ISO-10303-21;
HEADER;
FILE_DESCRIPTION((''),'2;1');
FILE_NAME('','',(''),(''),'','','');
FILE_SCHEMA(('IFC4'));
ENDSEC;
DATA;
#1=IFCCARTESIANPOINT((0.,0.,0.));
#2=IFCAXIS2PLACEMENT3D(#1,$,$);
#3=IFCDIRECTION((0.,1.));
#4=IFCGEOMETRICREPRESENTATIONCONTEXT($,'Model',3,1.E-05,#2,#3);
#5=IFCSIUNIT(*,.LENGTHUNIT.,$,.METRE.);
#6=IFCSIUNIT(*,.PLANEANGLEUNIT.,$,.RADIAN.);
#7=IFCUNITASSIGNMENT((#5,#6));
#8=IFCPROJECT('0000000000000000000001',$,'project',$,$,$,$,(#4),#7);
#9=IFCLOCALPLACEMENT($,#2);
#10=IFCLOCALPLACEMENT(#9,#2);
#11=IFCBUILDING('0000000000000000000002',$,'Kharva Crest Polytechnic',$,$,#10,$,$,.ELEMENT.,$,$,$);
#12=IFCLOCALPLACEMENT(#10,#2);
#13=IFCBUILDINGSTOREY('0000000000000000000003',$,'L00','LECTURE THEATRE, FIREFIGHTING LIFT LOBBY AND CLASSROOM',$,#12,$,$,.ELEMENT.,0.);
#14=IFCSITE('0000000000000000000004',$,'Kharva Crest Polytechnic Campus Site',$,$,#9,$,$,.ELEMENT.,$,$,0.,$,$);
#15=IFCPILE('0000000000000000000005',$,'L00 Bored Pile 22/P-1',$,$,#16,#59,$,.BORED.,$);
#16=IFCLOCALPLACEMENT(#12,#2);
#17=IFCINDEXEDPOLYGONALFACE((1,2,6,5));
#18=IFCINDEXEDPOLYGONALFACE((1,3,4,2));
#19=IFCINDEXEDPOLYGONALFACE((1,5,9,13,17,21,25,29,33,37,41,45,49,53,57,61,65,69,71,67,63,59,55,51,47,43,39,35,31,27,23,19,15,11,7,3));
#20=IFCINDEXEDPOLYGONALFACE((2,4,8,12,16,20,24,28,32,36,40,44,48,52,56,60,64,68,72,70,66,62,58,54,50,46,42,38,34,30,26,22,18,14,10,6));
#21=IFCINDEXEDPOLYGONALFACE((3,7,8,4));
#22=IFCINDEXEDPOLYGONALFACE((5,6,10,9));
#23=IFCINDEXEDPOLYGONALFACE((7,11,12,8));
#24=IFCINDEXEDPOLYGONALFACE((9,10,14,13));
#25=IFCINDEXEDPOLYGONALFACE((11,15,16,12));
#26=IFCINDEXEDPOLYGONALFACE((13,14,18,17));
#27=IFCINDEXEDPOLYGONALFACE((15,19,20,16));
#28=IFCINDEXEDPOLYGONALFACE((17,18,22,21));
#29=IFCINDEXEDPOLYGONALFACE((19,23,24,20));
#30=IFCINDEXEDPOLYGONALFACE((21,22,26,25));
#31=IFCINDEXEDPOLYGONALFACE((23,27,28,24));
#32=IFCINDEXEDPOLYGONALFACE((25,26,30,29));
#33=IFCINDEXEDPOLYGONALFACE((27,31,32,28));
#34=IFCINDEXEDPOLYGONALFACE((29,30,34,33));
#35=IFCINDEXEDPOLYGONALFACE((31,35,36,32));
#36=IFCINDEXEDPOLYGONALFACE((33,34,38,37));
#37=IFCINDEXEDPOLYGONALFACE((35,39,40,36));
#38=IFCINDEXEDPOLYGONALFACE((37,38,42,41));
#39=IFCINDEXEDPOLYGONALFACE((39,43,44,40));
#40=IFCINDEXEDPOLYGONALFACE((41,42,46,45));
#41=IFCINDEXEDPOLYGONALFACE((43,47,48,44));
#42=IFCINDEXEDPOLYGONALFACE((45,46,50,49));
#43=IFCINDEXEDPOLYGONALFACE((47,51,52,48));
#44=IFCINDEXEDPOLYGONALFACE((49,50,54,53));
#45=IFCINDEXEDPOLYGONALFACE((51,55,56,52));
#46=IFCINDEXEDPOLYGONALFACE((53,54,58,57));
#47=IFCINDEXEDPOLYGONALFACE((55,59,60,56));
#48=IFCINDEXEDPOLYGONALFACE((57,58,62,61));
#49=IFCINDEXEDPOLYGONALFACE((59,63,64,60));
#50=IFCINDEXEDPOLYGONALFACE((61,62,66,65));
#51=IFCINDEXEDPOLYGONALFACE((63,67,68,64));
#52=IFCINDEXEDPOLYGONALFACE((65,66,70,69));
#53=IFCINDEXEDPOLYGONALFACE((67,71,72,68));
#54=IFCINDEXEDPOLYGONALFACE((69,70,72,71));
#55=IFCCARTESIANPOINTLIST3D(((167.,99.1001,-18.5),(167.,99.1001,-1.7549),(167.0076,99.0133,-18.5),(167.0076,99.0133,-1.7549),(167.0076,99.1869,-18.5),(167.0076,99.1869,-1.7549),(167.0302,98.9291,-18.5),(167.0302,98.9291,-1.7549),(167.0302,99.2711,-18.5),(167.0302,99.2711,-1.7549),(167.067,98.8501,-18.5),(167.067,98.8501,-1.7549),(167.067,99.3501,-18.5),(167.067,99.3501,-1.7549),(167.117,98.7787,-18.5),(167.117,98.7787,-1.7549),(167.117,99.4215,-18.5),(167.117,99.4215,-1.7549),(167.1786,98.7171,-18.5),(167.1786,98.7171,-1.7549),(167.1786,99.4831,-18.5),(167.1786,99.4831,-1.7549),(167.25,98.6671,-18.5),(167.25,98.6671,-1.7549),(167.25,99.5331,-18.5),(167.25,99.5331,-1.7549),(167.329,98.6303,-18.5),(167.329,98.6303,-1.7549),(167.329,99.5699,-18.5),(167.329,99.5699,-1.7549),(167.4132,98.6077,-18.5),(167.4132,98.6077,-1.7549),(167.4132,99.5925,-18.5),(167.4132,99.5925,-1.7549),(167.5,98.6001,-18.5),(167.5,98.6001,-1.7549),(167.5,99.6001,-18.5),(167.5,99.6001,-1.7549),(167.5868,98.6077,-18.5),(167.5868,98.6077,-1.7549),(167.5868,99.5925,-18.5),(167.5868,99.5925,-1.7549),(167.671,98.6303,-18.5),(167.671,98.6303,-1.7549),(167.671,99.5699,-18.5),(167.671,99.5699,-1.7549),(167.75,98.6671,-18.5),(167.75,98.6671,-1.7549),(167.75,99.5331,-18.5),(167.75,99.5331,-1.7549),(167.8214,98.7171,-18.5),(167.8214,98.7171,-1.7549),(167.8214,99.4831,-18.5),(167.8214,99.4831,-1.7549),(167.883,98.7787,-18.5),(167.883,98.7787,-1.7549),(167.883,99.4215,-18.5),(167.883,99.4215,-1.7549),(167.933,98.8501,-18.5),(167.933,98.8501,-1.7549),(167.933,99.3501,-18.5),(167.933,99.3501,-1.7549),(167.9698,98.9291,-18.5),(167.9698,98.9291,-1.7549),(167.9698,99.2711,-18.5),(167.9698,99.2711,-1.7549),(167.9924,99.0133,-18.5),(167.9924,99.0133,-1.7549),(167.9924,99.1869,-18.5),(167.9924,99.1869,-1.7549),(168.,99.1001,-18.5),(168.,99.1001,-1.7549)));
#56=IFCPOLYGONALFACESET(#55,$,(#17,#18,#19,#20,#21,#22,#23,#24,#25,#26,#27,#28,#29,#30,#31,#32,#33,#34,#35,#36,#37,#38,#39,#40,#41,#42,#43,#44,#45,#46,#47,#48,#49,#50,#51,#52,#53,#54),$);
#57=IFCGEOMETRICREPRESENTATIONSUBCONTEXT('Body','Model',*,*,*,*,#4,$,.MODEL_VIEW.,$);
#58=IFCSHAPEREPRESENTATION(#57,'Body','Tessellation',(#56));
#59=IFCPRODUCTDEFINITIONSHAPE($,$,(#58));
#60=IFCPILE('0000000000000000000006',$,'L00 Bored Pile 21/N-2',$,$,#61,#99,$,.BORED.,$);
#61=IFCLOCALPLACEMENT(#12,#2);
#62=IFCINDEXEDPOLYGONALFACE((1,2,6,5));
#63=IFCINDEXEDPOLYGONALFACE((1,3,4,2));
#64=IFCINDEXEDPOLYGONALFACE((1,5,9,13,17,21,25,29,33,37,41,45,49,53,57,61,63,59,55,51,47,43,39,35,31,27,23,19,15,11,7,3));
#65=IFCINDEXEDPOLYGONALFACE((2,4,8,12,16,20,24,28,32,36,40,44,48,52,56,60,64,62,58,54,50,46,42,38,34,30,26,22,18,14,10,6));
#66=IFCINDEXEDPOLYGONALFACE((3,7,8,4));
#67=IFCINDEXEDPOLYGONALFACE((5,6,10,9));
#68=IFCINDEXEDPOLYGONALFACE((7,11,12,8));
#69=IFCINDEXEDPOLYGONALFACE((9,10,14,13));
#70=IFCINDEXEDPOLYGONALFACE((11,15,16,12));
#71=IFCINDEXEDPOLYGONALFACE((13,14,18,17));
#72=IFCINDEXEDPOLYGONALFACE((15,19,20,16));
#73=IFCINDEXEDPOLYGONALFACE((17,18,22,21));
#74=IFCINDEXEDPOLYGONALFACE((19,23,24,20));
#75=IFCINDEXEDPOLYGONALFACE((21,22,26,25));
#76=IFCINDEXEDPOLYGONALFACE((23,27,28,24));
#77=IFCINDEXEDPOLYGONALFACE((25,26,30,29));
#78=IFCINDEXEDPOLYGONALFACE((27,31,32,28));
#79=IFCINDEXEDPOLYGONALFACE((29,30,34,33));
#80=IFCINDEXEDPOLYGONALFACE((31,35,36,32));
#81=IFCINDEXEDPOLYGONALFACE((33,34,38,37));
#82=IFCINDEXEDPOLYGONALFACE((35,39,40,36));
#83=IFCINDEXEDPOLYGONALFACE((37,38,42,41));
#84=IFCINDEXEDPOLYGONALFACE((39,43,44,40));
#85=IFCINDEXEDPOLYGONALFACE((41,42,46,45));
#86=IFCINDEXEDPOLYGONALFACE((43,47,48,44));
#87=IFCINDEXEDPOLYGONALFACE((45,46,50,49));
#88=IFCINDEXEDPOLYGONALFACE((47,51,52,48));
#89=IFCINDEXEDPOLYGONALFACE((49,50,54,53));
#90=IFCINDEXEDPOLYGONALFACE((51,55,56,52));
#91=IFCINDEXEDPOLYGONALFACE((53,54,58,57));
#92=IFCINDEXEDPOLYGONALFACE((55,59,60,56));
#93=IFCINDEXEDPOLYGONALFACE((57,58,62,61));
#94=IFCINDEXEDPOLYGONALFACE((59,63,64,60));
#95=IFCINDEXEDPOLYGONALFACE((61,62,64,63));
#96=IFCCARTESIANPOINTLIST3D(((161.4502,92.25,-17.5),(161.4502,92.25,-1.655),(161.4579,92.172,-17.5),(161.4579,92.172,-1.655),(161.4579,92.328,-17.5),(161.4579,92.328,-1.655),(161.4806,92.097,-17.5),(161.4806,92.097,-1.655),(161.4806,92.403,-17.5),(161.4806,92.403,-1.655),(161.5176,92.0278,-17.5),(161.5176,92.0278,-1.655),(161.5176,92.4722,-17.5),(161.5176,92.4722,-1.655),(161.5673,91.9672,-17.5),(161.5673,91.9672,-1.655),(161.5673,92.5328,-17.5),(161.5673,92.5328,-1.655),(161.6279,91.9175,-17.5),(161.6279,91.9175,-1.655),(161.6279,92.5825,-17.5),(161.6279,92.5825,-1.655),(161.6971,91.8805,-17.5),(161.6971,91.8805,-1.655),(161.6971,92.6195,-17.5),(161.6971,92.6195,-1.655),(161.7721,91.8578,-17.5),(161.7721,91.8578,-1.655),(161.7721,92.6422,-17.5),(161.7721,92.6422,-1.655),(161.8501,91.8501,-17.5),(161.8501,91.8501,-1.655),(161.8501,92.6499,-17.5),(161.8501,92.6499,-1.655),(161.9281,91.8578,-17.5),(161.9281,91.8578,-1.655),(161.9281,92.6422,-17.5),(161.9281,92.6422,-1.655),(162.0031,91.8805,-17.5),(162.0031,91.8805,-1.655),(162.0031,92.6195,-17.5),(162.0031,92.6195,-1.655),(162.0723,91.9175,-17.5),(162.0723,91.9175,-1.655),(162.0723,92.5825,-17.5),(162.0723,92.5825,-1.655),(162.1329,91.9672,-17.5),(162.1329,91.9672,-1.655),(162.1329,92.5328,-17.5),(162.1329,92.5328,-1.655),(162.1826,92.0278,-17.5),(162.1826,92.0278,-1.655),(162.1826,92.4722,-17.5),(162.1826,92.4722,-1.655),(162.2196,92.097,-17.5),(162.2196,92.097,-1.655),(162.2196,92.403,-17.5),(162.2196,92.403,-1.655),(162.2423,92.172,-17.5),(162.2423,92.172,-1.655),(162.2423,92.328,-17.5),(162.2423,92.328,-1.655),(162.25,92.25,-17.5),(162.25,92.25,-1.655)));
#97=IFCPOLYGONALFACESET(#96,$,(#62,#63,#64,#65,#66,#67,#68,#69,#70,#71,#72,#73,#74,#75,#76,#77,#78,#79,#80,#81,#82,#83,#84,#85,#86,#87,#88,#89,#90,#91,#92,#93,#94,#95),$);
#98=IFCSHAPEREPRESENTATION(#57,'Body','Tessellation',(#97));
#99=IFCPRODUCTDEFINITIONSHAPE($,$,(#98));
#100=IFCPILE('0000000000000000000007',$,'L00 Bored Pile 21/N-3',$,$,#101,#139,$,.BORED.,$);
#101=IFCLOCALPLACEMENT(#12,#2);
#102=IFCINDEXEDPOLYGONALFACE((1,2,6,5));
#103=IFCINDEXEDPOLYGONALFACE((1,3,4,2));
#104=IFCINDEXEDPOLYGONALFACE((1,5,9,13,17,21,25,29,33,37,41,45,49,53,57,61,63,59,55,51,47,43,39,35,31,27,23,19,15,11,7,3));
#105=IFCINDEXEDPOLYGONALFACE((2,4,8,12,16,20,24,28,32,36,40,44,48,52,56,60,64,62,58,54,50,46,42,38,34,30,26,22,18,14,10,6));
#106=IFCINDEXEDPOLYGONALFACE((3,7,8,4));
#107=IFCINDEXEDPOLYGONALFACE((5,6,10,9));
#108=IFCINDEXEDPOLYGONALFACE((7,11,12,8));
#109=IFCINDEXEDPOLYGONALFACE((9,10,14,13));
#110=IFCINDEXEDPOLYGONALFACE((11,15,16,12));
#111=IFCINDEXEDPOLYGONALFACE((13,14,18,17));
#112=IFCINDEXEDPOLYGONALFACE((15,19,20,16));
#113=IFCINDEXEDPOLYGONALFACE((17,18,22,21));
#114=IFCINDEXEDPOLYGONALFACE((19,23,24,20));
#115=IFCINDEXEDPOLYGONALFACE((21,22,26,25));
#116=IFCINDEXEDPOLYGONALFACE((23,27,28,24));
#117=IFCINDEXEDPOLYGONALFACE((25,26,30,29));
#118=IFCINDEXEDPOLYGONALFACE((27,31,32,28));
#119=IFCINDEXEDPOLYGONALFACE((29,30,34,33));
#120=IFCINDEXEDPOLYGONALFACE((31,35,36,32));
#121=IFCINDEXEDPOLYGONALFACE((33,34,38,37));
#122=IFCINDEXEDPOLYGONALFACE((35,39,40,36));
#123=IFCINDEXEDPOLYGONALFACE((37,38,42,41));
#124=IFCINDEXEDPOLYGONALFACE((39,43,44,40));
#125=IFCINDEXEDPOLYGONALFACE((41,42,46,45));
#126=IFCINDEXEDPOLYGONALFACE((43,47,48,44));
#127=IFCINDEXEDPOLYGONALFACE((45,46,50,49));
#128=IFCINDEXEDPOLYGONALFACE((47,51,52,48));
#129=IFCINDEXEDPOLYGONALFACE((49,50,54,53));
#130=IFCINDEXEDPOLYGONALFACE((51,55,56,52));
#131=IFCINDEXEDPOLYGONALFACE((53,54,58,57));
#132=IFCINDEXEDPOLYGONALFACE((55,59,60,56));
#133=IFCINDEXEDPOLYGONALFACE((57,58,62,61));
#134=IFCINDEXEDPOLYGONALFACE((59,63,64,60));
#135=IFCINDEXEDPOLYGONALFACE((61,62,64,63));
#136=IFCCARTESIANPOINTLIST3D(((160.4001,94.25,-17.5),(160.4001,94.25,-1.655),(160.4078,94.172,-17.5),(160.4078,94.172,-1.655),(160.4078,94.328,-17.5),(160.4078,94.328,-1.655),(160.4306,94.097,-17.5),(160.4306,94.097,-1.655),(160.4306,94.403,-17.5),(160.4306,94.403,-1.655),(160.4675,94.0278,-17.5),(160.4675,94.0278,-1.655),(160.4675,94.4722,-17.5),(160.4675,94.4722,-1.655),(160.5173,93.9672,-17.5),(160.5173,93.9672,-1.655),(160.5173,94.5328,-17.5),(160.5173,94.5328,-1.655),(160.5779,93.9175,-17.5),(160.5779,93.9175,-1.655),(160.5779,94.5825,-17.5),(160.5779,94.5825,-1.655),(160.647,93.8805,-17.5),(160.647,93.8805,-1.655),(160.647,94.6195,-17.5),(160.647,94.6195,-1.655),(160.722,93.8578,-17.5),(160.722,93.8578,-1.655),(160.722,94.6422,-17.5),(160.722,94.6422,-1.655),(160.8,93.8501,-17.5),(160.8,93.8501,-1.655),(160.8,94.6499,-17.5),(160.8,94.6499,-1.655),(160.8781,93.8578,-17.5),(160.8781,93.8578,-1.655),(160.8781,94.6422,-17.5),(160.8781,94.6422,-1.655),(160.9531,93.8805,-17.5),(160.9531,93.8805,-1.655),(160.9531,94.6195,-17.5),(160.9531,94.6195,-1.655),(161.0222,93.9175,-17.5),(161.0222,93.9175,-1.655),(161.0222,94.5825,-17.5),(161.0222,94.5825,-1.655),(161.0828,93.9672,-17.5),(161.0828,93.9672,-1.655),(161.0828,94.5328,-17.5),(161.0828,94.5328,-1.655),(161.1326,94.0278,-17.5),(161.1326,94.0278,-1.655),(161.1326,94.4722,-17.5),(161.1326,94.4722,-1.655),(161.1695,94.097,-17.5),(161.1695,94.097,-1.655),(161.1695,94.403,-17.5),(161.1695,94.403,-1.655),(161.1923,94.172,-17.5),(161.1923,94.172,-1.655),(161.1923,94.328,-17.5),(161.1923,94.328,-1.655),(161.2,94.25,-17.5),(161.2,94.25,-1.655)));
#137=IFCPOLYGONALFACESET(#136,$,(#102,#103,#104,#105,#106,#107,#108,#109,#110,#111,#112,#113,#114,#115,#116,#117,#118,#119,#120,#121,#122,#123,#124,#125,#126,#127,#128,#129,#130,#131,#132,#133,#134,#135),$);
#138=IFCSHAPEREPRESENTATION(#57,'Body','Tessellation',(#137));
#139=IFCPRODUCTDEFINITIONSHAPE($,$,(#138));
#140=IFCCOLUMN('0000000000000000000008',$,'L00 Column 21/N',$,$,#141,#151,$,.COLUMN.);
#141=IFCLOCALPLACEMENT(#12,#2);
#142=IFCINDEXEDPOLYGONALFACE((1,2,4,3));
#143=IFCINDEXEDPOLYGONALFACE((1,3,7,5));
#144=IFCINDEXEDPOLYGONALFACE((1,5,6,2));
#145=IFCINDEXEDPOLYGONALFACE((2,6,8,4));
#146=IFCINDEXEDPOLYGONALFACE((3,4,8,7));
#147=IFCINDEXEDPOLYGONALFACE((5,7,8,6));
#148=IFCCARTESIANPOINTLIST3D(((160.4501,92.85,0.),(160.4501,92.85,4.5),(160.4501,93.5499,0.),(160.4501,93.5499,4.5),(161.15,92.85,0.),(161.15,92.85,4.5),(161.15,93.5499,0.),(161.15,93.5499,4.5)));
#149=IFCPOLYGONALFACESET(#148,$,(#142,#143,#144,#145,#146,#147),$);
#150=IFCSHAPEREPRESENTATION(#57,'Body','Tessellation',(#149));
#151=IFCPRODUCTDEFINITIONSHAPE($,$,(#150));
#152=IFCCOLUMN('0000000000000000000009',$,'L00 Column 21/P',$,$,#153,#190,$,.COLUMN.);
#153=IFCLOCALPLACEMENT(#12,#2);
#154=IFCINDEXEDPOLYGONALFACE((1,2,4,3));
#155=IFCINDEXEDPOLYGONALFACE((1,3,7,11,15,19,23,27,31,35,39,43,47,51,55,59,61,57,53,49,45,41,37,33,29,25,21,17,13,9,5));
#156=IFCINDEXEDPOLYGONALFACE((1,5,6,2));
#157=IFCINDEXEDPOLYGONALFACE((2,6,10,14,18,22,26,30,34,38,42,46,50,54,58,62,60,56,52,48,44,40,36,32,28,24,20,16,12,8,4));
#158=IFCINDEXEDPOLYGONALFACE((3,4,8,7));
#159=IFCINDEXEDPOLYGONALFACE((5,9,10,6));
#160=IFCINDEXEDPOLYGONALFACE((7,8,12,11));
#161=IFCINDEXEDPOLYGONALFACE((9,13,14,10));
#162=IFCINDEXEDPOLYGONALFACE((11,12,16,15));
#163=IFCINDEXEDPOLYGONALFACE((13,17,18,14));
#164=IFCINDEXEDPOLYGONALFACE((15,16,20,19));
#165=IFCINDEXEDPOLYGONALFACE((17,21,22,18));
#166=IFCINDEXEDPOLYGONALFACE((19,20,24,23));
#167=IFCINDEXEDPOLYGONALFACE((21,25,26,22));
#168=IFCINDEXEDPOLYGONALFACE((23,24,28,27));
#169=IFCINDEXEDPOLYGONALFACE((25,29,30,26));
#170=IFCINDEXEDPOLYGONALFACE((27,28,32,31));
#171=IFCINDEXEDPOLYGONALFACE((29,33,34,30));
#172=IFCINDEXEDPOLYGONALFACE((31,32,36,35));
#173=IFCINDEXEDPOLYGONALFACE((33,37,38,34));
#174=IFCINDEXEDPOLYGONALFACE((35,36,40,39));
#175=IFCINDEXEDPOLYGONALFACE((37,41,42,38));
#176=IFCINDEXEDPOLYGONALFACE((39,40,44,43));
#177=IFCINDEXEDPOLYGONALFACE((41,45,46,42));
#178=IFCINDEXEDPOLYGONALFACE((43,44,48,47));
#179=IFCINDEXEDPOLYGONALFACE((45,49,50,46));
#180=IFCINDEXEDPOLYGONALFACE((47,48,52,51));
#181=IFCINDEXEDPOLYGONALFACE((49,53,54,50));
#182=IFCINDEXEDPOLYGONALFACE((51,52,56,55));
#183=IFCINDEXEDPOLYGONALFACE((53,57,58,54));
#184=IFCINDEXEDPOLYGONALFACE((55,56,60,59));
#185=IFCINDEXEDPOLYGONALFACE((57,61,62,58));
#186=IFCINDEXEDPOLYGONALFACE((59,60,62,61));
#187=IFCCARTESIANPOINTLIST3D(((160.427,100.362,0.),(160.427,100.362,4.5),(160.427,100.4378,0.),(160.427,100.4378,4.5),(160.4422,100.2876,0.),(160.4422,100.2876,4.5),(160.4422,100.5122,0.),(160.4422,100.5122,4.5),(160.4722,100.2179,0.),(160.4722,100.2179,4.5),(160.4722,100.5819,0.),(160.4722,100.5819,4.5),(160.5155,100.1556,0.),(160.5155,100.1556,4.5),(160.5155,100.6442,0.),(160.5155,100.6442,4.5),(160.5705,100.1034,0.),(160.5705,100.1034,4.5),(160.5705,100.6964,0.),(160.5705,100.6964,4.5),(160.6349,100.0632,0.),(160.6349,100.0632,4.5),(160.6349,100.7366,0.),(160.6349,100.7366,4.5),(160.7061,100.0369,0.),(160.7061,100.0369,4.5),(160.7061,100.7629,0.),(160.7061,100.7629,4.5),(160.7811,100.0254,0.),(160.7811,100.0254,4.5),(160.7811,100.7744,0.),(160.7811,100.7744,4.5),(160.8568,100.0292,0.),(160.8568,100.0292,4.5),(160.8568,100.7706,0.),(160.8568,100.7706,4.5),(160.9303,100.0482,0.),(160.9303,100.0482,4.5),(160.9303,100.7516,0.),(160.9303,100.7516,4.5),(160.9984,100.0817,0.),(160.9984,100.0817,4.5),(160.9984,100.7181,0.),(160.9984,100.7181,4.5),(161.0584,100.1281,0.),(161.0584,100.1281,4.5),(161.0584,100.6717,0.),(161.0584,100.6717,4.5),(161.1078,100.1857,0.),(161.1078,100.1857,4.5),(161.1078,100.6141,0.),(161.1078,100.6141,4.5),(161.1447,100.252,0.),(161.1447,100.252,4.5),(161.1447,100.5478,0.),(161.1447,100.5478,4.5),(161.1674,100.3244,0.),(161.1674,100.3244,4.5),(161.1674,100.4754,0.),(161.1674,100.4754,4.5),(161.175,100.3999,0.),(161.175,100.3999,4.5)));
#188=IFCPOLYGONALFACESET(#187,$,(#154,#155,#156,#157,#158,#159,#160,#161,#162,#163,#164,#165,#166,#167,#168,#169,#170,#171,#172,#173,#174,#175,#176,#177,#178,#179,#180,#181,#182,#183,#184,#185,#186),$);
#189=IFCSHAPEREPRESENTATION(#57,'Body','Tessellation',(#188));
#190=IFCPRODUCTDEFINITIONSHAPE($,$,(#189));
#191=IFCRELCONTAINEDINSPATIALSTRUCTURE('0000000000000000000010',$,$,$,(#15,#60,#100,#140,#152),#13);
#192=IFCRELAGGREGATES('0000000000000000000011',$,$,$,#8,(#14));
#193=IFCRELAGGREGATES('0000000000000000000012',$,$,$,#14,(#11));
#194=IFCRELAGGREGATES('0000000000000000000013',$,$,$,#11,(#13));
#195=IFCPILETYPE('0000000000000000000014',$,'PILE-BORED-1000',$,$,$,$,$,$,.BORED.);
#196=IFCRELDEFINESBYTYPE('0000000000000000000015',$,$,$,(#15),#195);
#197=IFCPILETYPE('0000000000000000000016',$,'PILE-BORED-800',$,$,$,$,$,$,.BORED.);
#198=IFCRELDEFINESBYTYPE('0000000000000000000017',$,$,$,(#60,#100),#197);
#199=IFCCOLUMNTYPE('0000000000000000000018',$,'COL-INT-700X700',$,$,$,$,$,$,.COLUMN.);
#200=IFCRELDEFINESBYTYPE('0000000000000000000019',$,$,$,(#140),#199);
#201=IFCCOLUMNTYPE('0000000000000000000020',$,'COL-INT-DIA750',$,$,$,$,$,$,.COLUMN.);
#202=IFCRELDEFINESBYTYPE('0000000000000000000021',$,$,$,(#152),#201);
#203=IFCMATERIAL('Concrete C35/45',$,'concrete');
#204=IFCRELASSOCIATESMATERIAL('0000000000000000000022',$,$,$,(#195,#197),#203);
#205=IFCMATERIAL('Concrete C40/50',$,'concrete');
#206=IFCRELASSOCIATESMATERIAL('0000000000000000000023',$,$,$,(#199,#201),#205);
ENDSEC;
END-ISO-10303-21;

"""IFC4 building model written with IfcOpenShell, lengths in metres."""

from ifc_helpers import new_model, si_unit, direction, frame, origin, origin_2d, place, context, subcontext, project, spatial, rectangle, circle, extrude, material, material_profile, profile_set, type_object, element, save


model = new_model("IFC4")

# Units and contexts
model_context = context("Model", 3, precision=1e-05, world=origin(), true_north=direction((0.0, 1.0)))
body_context = subcontext(model_context, "Body", "Model", "MODEL_VIEW")
ifc_project = project(units=[si_unit("LENGTHUNIT", "METRE"), si_unit("PLANEANGLEUNIT", "RADIAN")], contexts=[model_context])

# Site, building, storey
site_placement = place(None, origin())
site = spatial("IfcSite", under=ifc_project, at=site_placement, Name="Kharva Crest Polytechnic Campus Site", CompositionType="ELEMENT", RefElevation=0.0)
building_placement = place(site_placement, origin())
building = spatial("IfcBuilding", under=site, at=building_placement, Name="Kharva Crest Polytechnic", CompositionType="ELEMENT")
storey_placement = place(building_placement, origin())
storey = spatial("IfcBuildingStorey", under=building, at=storey_placement, Name="L00", Description="LECTURE THEATRE, FIREFIGHTING LIFT LOBBY AND CLASSROOM", CompositionType="ELEMENT", Elevation=0.0)

# Shared definitions
ifc_material_1 = material(Name="Concrete C35/45", Category="concrete")

# Piles
ifc_material_profile_1 = material_profile(ifc_material_1, circle(Radius=0.5, at=origin_2d()), Name="DIA 1000")
ifc_profile_set_1 = profile_set([ifc_material_profile_1], Name="Concrete C35/45")
pile_type_1 = type_object("IfcPileType", Name="PILE-BORED-1000", PredefinedType="BORED", material=ifc_profile_set_1)
for number, where, z_axis, x_axis, name in (
    (1, (167.5, 99.1001, -1.7549), (0.0, 0.0, -1.0), (1.0, 0.0, 0.0), "L00 Bored Pile 22/P-1"),
):
    element("IfcPile", number, at=place(storey_placement, frame(where, z_axis=z_axis, x_axis=x_axis)), inside=storey, type_object=pile_type_1, Name=name, PredefinedType="BORED", context=body_context, shape_type="SweptSolid", body=[
        extrude(circle(Radius=0.5, at=origin_2d()), origin(), (0.0, 0.0, 1.0), 16.7451),
    ])
ifc_material_profile_2 = material_profile(ifc_material_1, circle(Radius=0.3999, at=origin_2d()), Name="DIA 800")
ifc_profile_set_2 = profile_set([ifc_material_profile_2], Name="Concrete C35/45")
pile_type_2 = type_object("IfcPileType", Name="PILE-BORED-800", PredefinedType="BORED", material=ifc_profile_set_2)
for number, where, z_axis, x_axis, name in (
    (2, (161.8501, 92.25, -1.655), (0.0, 0.0, -1.0), (1.0, 0.0, 0.0), "L00 Bored Pile 21/N-2"),
    (3, (160.8, 94.25, -1.655), (0.0, 0.0, -1.0), (1.0, 0.0, 0.0), "L00 Bored Pile 21/N-3"),
):
    element("IfcPile", number, at=place(storey_placement, frame(where, z_axis=z_axis, x_axis=x_axis)), inside=storey, type_object=pile_type_2, Name=name, PredefinedType="BORED", context=body_context, shape_type="SweptSolid", body=[
        extrude(circle(Radius=0.3999, at=origin_2d()), origin(), (0.0, 0.0, 1.0), 15.845),
    ])

# Columns
ifc_material_2 = material(Name="Concrete C40/50", Category="concrete")
ifc_material_profile_3 = material_profile(ifc_material_2, rectangle(XDim=0.7, YDim=0.7, at=origin_2d()), Name="RECT 700 X 700")
ifc_profile_set_3 = profile_set([ifc_material_profile_3], Name="Concrete C40/50")
column_type_1 = type_object("IfcColumnType", Name="COL-INT-700X700", PredefinedType="COLUMN", material=ifc_profile_set_3)
column_1_placement = place(storey_placement, frame((160.8, 93.2, 0.0), z_axis=(0.0, 0.0, 1.0), x_axis=(1.0, 0.0, 0.0)))
element("IfcColumn", 4, at=column_1_placement, inside=storey, type_object=column_type_1, Name="L00 Column 21/N", PredefinedType="COLUMN", context=body_context, shape_type="SweptSolid", body=[
    extrude(rectangle(XDim=0.7, YDim=0.7, at=origin_2d()), origin(), (0.0, 0.0, 1.0), 4.5),
])
ifc_material_profile_4 = material_profile(ifc_material_2, circle(Radius=0.375, at=origin_2d()), Name="DIA 750")
ifc_profile_set_4 = profile_set([ifc_material_profile_4], Name="Concrete C40/50")
column_type_2 = type_object("IfcColumnType", Name="COL-INT-DIA750", PredefinedType="COLUMN", material=ifc_profile_set_4)
column_2_placement = place(storey_placement, frame((160.8, 100.3999, 0.0), z_axis=(0.0, 0.0, 1.0), x_axis=(1.0, 0.0, 0.0)))
element("IfcColumn", 5, at=column_2_placement, inside=storey, type_object=column_type_2, Name="L00 Column 21/P", PredefinedType="COLUMN", context=body_context, shape_type="SweptSolid", body=[
    extrude(circle(Radius=0.375, at=origin_2d()), origin(), (0.0, 0.0, 1.0), 4.5),
])

save(model, "model.ifc")
